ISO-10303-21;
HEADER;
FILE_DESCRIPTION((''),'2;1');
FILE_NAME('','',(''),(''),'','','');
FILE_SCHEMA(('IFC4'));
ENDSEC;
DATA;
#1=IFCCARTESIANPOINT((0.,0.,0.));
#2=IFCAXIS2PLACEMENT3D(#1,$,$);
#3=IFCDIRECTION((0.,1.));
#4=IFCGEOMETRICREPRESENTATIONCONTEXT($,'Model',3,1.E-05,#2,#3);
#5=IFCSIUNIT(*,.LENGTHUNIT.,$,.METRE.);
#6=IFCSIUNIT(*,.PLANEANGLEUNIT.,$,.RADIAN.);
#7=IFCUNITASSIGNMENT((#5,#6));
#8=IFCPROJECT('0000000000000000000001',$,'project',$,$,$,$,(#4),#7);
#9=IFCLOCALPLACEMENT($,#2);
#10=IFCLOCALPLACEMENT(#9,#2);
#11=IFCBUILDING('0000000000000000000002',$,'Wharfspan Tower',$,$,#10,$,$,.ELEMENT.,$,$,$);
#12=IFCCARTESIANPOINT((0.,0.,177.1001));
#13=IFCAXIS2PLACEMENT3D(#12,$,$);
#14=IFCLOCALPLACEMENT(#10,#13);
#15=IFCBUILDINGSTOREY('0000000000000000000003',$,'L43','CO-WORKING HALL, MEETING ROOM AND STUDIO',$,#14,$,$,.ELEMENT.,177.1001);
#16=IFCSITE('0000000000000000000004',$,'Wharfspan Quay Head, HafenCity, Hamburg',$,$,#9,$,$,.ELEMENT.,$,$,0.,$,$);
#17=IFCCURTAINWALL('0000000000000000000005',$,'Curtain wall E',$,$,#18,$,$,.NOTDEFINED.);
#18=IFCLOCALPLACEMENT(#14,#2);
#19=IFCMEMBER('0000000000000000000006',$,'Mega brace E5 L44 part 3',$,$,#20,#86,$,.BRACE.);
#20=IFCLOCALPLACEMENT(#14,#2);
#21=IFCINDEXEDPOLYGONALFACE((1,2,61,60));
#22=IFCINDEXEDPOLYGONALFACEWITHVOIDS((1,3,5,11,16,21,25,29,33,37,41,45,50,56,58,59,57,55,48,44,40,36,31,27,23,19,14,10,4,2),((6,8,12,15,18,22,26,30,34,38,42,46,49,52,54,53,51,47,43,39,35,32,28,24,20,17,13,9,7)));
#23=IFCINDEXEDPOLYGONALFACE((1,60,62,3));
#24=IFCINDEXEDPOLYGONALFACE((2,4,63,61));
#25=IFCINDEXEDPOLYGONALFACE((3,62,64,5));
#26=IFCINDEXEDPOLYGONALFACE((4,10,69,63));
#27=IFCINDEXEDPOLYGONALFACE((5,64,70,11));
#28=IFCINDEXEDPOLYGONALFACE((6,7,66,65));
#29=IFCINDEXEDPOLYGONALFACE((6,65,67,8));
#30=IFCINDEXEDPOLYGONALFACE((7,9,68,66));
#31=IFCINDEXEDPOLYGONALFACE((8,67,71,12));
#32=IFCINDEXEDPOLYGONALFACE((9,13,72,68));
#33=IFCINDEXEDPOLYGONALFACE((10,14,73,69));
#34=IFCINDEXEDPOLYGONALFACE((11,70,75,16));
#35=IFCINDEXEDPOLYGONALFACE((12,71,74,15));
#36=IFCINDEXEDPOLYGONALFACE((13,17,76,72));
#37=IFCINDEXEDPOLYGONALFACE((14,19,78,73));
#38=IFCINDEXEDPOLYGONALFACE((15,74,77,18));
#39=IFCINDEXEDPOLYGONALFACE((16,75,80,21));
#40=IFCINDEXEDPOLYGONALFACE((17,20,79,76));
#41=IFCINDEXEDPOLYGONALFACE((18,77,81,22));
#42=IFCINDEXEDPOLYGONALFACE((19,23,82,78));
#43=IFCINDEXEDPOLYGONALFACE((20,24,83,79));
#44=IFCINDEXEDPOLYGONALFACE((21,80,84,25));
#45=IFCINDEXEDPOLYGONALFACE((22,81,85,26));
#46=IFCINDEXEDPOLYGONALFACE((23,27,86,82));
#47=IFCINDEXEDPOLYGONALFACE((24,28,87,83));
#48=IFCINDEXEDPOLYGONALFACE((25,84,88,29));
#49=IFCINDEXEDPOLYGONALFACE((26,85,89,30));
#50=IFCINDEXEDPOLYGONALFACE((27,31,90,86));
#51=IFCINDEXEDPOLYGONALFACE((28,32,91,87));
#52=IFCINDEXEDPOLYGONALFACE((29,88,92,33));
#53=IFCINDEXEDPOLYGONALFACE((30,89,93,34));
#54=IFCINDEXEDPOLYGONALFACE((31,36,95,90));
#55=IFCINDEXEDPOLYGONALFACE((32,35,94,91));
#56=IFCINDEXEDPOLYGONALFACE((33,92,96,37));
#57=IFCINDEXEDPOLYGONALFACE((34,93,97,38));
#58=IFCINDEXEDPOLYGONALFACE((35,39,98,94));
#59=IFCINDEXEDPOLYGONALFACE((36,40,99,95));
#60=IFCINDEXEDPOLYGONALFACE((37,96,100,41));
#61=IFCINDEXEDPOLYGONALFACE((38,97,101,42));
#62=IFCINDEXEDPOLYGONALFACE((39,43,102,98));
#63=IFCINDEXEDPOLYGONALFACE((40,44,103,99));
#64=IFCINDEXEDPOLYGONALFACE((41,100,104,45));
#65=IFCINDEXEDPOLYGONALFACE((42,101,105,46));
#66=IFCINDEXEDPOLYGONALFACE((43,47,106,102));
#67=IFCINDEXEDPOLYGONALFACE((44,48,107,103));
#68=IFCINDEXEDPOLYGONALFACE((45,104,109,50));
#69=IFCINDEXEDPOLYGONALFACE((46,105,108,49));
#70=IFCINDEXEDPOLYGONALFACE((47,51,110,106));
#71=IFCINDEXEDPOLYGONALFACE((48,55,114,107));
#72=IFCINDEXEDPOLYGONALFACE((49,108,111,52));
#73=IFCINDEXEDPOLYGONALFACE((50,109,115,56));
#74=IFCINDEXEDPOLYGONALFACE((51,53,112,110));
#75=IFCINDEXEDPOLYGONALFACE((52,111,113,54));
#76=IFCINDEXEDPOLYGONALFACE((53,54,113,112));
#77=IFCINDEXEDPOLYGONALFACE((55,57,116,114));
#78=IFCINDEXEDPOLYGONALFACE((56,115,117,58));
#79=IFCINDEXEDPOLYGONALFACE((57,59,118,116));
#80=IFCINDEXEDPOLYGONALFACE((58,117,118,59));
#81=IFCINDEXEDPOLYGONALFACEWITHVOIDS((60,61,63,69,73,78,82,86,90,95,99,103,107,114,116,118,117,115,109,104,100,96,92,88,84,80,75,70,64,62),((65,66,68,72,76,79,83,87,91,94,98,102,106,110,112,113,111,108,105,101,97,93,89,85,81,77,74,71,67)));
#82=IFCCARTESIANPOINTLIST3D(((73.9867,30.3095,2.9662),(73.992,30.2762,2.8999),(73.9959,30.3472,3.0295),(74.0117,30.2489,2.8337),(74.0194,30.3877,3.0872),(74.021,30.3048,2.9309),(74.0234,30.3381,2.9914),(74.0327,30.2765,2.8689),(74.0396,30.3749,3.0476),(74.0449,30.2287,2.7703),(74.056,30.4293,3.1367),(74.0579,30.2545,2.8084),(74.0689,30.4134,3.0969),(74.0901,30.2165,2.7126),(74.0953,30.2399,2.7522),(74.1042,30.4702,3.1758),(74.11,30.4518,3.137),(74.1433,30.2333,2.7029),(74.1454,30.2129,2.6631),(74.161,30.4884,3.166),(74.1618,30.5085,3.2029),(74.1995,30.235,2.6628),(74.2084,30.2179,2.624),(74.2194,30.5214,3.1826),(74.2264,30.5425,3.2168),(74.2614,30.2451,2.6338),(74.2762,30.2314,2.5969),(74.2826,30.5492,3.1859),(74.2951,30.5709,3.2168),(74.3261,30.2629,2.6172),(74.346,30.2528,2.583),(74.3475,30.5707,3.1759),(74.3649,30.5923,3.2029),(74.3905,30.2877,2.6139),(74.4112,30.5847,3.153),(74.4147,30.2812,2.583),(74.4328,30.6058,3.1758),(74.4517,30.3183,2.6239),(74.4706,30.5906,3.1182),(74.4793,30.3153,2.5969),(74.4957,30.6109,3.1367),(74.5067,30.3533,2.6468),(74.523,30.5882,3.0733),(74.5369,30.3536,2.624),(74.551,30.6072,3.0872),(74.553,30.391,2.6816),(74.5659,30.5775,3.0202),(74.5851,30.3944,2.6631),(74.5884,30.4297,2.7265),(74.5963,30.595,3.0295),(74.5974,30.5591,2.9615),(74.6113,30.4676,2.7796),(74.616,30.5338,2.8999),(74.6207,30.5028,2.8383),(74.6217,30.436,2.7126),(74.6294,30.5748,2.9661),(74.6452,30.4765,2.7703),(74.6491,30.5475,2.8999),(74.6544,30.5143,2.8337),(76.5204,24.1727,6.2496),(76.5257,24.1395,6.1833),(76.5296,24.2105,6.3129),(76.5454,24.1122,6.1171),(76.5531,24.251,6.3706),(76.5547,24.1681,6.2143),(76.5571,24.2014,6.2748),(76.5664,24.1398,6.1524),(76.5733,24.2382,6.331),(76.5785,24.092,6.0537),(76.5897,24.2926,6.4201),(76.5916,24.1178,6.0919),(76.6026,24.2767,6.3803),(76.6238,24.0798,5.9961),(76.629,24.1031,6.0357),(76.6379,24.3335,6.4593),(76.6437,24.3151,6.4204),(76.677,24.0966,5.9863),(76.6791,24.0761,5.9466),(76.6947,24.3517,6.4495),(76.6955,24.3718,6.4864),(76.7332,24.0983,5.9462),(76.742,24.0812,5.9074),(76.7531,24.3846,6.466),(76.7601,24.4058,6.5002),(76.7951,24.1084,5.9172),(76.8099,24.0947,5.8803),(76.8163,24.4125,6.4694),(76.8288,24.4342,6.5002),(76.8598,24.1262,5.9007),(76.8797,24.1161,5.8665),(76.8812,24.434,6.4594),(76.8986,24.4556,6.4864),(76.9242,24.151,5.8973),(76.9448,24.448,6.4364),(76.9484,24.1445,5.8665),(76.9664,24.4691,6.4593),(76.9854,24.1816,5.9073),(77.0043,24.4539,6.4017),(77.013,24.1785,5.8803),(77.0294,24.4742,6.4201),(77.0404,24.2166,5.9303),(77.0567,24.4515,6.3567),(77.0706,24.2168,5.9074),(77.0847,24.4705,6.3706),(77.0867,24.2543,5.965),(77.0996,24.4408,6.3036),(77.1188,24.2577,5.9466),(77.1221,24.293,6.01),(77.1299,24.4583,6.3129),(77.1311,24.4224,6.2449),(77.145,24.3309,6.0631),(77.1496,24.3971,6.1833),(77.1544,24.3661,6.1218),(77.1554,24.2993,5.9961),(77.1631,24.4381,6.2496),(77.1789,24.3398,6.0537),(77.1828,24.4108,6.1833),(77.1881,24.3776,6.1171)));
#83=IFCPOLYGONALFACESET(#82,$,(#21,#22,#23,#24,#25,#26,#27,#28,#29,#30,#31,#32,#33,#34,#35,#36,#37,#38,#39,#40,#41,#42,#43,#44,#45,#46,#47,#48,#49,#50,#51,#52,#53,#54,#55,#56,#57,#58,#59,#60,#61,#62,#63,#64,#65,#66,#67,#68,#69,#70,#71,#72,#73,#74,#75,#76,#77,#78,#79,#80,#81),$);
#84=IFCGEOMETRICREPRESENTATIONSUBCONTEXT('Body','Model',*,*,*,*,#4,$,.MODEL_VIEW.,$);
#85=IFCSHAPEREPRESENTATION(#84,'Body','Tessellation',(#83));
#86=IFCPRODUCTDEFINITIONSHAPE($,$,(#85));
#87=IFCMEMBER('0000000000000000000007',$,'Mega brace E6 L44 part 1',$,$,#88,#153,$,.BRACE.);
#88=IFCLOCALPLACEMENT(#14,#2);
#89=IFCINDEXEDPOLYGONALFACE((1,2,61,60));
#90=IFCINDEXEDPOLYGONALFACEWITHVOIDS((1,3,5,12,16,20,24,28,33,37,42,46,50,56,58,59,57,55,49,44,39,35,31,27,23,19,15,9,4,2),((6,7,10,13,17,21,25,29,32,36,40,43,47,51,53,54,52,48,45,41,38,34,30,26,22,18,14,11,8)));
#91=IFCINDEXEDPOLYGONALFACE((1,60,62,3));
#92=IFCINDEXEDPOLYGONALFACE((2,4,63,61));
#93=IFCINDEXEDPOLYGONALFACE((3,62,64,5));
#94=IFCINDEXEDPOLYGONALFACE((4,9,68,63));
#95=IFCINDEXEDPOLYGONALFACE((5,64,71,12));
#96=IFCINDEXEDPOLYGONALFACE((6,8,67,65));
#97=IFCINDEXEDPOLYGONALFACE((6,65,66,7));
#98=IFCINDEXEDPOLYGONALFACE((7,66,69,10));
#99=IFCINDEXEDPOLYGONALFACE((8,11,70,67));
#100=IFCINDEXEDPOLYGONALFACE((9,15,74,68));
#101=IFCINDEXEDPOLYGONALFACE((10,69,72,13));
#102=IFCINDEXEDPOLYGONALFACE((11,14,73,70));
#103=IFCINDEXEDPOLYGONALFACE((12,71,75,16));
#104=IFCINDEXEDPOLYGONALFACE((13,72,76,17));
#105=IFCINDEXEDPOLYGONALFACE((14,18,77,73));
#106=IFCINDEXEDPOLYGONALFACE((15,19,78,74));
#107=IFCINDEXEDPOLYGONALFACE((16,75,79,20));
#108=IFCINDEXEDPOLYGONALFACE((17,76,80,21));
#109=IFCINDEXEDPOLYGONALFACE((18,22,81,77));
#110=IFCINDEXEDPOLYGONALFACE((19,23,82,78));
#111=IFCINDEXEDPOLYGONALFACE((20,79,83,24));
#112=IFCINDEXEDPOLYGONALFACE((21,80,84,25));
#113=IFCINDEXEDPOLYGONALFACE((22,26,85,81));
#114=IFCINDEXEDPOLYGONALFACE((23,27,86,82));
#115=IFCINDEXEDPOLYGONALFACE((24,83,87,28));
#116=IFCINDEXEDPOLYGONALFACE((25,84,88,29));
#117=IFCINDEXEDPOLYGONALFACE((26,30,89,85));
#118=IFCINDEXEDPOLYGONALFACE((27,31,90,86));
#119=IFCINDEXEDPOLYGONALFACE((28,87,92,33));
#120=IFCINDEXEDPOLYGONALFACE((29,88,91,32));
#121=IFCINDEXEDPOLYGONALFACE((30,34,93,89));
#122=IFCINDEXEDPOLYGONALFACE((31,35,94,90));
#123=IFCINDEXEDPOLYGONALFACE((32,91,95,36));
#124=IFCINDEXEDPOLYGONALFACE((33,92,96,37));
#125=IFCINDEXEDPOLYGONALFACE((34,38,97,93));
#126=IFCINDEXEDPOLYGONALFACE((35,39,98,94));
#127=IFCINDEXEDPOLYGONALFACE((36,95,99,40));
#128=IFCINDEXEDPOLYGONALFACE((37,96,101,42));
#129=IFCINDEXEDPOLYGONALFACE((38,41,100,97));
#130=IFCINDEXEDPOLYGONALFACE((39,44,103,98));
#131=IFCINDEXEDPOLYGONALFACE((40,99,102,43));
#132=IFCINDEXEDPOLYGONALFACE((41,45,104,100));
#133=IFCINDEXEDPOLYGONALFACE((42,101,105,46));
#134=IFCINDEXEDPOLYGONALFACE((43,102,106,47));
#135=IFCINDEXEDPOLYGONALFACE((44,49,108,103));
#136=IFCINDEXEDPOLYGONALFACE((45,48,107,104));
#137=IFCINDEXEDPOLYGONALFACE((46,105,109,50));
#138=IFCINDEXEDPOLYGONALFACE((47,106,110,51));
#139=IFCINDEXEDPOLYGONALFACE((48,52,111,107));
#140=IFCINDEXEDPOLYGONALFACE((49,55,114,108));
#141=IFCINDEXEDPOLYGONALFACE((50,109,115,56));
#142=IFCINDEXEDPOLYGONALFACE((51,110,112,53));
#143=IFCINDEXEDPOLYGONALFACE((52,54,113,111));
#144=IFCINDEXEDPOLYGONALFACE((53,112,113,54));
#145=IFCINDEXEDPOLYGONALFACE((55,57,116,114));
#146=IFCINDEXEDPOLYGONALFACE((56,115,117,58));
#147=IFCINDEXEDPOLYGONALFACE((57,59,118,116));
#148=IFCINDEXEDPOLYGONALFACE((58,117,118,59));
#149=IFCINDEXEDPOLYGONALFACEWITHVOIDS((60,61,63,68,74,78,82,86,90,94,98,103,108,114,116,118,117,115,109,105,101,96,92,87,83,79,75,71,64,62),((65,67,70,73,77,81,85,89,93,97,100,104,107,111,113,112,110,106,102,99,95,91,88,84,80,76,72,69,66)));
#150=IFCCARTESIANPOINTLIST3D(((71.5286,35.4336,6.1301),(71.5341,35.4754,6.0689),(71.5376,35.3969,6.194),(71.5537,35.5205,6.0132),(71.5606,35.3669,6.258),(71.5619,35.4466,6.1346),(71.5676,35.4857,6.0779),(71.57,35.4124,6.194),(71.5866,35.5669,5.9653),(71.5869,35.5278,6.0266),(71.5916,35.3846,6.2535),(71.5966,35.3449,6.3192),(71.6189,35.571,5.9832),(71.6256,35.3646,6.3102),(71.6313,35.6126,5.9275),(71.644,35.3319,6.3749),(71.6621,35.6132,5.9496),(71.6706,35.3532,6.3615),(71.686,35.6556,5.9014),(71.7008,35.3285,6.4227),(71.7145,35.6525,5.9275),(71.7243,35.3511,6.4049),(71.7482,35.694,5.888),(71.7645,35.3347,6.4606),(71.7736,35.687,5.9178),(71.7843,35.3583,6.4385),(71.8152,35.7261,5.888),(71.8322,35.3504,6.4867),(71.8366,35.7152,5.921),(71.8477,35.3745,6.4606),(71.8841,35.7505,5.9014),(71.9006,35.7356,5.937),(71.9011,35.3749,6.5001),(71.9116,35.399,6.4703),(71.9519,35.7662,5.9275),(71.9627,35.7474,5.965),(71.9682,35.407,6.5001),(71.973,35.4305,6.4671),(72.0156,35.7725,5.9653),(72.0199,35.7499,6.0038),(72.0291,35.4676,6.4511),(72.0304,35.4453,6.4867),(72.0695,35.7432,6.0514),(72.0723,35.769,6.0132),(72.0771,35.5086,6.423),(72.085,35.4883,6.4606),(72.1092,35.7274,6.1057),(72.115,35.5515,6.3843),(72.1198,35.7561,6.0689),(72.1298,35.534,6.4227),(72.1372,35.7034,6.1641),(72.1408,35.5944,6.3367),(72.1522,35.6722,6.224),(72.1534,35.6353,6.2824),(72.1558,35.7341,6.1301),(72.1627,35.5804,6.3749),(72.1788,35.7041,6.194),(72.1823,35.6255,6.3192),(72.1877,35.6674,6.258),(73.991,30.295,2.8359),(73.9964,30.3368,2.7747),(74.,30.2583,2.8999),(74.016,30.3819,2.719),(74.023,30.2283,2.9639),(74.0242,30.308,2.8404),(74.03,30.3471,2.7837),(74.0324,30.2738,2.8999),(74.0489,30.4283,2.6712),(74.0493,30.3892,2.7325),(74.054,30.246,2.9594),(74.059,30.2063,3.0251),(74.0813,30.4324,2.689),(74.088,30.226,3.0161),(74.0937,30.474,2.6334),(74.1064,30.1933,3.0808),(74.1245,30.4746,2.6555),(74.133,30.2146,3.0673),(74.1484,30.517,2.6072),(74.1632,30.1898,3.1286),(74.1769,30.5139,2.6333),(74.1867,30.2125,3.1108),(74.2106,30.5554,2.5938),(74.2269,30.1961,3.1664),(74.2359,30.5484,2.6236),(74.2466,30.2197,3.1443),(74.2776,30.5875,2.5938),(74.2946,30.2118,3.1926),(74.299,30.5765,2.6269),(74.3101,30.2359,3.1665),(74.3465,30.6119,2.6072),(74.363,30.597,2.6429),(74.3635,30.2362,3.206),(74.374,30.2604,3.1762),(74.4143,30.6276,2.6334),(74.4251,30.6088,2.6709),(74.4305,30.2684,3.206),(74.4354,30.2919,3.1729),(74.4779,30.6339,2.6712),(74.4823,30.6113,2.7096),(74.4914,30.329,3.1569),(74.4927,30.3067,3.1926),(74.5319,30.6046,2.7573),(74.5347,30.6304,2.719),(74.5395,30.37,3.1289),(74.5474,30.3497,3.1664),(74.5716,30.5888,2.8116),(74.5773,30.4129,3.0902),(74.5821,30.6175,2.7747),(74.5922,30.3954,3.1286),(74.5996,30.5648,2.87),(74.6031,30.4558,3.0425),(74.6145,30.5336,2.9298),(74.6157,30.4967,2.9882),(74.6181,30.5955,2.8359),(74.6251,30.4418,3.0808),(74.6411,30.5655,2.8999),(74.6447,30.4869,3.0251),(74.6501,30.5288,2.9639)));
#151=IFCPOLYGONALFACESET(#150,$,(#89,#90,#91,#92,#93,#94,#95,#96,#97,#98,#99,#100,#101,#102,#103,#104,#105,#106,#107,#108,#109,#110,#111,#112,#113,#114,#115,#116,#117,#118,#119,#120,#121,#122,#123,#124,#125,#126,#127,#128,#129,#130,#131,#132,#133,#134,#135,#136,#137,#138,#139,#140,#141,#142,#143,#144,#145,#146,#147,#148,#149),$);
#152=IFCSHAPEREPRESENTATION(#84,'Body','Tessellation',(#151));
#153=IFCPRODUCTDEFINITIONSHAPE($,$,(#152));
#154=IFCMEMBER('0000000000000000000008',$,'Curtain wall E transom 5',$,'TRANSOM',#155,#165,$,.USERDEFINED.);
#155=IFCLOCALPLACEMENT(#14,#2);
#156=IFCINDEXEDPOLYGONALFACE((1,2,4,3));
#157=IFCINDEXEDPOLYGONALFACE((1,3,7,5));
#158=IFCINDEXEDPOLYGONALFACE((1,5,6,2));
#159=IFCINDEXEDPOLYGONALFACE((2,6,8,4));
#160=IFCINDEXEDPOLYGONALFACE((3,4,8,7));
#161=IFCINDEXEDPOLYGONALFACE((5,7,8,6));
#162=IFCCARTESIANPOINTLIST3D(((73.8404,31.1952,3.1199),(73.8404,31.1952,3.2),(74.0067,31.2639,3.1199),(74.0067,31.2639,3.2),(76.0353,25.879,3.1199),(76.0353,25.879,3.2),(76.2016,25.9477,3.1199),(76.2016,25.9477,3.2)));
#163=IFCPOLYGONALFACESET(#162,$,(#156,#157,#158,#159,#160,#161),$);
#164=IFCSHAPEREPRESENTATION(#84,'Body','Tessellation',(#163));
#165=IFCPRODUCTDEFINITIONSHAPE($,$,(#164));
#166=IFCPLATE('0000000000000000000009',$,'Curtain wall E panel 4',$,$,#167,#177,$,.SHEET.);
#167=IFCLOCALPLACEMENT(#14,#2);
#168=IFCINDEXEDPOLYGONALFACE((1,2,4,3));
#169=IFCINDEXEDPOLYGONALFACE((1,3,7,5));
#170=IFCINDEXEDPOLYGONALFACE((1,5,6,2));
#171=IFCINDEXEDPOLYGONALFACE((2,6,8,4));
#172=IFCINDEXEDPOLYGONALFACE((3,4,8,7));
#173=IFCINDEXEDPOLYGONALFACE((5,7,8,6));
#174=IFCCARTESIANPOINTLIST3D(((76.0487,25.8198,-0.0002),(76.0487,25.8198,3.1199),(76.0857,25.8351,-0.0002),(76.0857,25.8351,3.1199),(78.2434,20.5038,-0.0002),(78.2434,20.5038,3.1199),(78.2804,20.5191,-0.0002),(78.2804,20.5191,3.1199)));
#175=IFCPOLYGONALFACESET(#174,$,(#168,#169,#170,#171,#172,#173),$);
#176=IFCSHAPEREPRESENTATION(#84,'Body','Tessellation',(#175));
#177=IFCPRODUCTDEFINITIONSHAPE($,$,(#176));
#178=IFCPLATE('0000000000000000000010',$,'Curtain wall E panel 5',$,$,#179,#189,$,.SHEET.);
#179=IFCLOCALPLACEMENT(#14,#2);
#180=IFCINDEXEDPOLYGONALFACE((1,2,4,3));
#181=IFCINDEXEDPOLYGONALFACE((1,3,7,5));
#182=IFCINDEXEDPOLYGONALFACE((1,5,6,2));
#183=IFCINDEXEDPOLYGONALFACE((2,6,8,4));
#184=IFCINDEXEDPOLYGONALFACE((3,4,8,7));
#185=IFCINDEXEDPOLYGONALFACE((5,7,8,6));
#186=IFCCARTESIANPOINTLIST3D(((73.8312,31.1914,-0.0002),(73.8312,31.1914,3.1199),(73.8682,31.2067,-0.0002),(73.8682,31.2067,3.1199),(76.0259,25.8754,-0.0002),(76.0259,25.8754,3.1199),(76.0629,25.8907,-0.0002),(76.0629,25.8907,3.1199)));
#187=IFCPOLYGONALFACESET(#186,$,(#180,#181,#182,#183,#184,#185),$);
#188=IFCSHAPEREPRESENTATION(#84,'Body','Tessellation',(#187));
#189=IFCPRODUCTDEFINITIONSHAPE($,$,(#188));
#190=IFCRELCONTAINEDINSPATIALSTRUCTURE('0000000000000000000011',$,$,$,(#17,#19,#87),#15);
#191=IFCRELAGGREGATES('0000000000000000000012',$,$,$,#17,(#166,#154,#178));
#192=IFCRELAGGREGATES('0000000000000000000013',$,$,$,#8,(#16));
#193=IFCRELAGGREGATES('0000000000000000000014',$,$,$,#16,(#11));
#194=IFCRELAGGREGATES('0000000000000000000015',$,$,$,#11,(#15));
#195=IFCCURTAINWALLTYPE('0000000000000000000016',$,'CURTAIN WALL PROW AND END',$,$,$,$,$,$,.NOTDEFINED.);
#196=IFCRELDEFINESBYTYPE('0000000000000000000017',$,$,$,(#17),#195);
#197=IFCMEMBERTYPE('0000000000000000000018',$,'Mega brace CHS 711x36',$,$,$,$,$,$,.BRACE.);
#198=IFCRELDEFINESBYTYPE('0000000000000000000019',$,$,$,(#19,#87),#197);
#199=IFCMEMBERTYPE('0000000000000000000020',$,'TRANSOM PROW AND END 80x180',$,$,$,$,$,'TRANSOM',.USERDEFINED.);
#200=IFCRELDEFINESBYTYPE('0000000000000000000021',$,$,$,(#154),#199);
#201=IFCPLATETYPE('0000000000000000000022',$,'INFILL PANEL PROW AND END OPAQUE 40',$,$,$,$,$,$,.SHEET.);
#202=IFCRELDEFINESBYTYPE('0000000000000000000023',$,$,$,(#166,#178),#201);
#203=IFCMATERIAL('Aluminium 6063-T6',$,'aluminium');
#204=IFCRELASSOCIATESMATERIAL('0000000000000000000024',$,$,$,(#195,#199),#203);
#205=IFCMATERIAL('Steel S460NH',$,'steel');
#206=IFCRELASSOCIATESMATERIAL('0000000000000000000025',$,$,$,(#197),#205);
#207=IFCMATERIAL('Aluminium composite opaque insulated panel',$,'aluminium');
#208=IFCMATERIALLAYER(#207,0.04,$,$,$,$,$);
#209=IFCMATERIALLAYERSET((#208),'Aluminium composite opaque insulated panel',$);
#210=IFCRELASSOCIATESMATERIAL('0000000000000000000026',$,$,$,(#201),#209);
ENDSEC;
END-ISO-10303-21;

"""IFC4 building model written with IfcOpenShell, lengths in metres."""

from ifc_helpers import new_model, si_unit, direction, frame, origin, origin_2d, place, context, subcontext, project, spatial, rectangle, hollow_circle, extrude, material, layer, layer_set, material_profile, profile_set, type_object, element, aggregate, save


model = new_model("IFC4")

# Units and contexts
model_context = context("Model", 3, precision=1e-05, world=origin(), true_north=direction((0.0, 1.0)))
body_context = subcontext(model_context, "Body", "Model", "MODEL_VIEW")
ifc_project = project(units=[si_unit("LENGTHUNIT", "METRE"), si_unit("PLANEANGLEUNIT", "RADIAN")], contexts=[model_context])

# Site, building, storey
site_placement = place(None, origin())
site = spatial("IfcSite", under=ifc_project, at=site_placement, Name="Wharfspan Quay Head, HafenCity, Hamburg", CompositionType="ELEMENT", RefElevation=0.0)
building_placement = place(site_placement, origin())
building = spatial("IfcBuilding", under=site, at=building_placement, Name="Wharfspan Tower", CompositionType="ELEMENT")
storey_placement = place(building_placement, frame((0.0, 0.0, 177.1001)))
storey = spatial("IfcBuildingStorey", under=building, at=storey_placement, Name="L43", Description="CO-WORKING HALL, MEETING ROOM AND STUDIO", CompositionType="ELEMENT", Elevation=177.1001)

# Curtain wall
ifc_material_1 = material(Name="Aluminium 6063-T6", Category="aluminium")
curtain_wall_type = type_object("IfcCurtainWallType", Name="CURTAIN WALL PROW AND END", PredefinedType="NOTDEFINED", material=ifc_material_1)
curtain_wall_placement = place(storey_placement, origin())
curtain_wall = element("IfcCurtainWall", 1, at=curtain_wall_placement, inside=storey, type_object=curtain_wall_type, Name="Curtain wall E", PredefinedType="NOTDEFINED")

# Members
ifc_material_2 = material(Name="Steel S460NH", Category="steel")
ifc_material_profile_1 = material_profile(ifc_material_2, hollow_circle(Radius=0.3555, WallThickness=0.0359, at=origin_2d()))
ifc_profile_set_1 = profile_set([ifc_material_profile_1], Name="Steel S460NH")
member_type_1 = type_object("IfcMemberType", Name="Mega brace CHS 711x36", PredefinedType="BRACE", material=ifc_profile_set_1)
member_1_placement = place(storey_placement, frame((74.3206, 30.4119, 2.8999), z_axis=(0.342079, -0.828531, 0.443305), x_axis=(0.924316, 0.381624, -0.000004)))
element("IfcMember", 2, at=member_1_placement, inside=storey, type_object=member_type_1, Name="Mega brace E5 L44 part 3", PredefinedType="BRACE", context=body_context, shape_type="SweptSolid", body=[
    extrude(hollow_circle(Radius=0.3555, WallThickness=0.0359, at=origin_2d()), origin(), (0.0, 0.0, 1.0), 7.4067),
])
member_2_placement = place(storey_placement, frame((74.3206, 30.4119, 2.8999), z_axis=(-0.374119, 0.780731, 0.500494), x_axis=(-0.90181, -0.432137, -0.000003)))
element("IfcMember", 3, at=member_2_placement, inside=storey, type_object=member_type_1, Name="Mega brace E6 L44 part 1", PredefinedType="BRACE", context=body_context, shape_type="SweptSolid", body=[
    extrude(hollow_circle(Radius=0.3555, WallThickness=0.0359, at=origin_2d()), origin(), (0.0, 0.0, 1.0), 6.5818),
])

# Member
ifc_material_profile_2 = material_profile(ifc_material_1, rectangle(XDim=0.1799, YDim=0.0801, at=origin_2d()))
ifc_profile_set_2 = profile_set([ifc_material_profile_2], Name="Aluminium 6063-T6")
member_type_2 = type_object("IfcMemberType", Name="TRANSOM PROW AND END 80x180", ElementType="TRANSOM", PredefinedType="USERDEFINED", material=ifc_profile_set_2)
member_3_placement = place(storey_placement, frame((76.1184, 25.9133, 3.1599), z_axis=(-0.381614, 0.924322, 0.0), x_axis=(-0.924322, -0.381614, 0.0)))
member_3 = element("IfcMember", 4, at=member_3_placement, type_object=member_type_2, Name="Curtain wall E transom 5", ObjectType="TRANSOM", PredefinedType="USERDEFINED", context=body_context, shape_type="SweptSolid", body=[
    extrude(rectangle(XDim=0.1799, YDim=0.0801, at=origin_2d()), origin(), (0.0, 0.0, 1.0), 5.7515),
])

# Plates
ifc_material_3 = material(Name="Aluminium composite opaque insulated panel", Category="aluminium")
ifc_layer_1 = layer(ifc_material_3, 0.04)
ifc_layer_set_1 = layer_set([ifc_layer_1], Name="Aluminium composite opaque insulated panel")
plate_type = type_object("IfcPlateType", Name="INFILL PANEL PROW AND END OPAQUE 40", PredefinedType="SHEET", material=ifc_layer_set_1)
plate_1_placement = place(storey_placement, frame((77.1646, 23.1694, -0.0002), z_axis=(0.0, 0.0, 1.0), x_axis=(-0.381602, 0.924325, 0.0)))
plate_1 = element("IfcPlate", 5, at=plate_1_placement, type_object=plate_type, Name="Curtain wall E panel 4", PredefinedType="SHEET", context=body_context, shape_type="SweptSolid", body=[
    extrude(rectangle(XDim=5.7512, YDim=0.04, at=origin_2d()), origin(), (0.0, 0.0, 1.0), 3.1201),
])
plate_2_placement = place(storey_placement, frame((74.947, 28.541, -0.0002), z_axis=(0.0, 0.0, 1.0), x_axis=(-0.381602, 0.924325, 0.0)))
plate_2 = element("IfcPlate", 6, at=plate_2_placement, type_object=plate_type, Name="Curtain wall E panel 5", PredefinedType="SHEET", context=body_context, shape_type="SweptSolid", body=[
    extrude(rectangle(XDim=5.7512, YDim=0.04, at=origin_2d()), origin(), (0.0, 0.0, 1.0), 3.1201),
])
aggregate(curtain_wall, [plate_1, member_3, plate_2])

save(model, "model.ifc")
